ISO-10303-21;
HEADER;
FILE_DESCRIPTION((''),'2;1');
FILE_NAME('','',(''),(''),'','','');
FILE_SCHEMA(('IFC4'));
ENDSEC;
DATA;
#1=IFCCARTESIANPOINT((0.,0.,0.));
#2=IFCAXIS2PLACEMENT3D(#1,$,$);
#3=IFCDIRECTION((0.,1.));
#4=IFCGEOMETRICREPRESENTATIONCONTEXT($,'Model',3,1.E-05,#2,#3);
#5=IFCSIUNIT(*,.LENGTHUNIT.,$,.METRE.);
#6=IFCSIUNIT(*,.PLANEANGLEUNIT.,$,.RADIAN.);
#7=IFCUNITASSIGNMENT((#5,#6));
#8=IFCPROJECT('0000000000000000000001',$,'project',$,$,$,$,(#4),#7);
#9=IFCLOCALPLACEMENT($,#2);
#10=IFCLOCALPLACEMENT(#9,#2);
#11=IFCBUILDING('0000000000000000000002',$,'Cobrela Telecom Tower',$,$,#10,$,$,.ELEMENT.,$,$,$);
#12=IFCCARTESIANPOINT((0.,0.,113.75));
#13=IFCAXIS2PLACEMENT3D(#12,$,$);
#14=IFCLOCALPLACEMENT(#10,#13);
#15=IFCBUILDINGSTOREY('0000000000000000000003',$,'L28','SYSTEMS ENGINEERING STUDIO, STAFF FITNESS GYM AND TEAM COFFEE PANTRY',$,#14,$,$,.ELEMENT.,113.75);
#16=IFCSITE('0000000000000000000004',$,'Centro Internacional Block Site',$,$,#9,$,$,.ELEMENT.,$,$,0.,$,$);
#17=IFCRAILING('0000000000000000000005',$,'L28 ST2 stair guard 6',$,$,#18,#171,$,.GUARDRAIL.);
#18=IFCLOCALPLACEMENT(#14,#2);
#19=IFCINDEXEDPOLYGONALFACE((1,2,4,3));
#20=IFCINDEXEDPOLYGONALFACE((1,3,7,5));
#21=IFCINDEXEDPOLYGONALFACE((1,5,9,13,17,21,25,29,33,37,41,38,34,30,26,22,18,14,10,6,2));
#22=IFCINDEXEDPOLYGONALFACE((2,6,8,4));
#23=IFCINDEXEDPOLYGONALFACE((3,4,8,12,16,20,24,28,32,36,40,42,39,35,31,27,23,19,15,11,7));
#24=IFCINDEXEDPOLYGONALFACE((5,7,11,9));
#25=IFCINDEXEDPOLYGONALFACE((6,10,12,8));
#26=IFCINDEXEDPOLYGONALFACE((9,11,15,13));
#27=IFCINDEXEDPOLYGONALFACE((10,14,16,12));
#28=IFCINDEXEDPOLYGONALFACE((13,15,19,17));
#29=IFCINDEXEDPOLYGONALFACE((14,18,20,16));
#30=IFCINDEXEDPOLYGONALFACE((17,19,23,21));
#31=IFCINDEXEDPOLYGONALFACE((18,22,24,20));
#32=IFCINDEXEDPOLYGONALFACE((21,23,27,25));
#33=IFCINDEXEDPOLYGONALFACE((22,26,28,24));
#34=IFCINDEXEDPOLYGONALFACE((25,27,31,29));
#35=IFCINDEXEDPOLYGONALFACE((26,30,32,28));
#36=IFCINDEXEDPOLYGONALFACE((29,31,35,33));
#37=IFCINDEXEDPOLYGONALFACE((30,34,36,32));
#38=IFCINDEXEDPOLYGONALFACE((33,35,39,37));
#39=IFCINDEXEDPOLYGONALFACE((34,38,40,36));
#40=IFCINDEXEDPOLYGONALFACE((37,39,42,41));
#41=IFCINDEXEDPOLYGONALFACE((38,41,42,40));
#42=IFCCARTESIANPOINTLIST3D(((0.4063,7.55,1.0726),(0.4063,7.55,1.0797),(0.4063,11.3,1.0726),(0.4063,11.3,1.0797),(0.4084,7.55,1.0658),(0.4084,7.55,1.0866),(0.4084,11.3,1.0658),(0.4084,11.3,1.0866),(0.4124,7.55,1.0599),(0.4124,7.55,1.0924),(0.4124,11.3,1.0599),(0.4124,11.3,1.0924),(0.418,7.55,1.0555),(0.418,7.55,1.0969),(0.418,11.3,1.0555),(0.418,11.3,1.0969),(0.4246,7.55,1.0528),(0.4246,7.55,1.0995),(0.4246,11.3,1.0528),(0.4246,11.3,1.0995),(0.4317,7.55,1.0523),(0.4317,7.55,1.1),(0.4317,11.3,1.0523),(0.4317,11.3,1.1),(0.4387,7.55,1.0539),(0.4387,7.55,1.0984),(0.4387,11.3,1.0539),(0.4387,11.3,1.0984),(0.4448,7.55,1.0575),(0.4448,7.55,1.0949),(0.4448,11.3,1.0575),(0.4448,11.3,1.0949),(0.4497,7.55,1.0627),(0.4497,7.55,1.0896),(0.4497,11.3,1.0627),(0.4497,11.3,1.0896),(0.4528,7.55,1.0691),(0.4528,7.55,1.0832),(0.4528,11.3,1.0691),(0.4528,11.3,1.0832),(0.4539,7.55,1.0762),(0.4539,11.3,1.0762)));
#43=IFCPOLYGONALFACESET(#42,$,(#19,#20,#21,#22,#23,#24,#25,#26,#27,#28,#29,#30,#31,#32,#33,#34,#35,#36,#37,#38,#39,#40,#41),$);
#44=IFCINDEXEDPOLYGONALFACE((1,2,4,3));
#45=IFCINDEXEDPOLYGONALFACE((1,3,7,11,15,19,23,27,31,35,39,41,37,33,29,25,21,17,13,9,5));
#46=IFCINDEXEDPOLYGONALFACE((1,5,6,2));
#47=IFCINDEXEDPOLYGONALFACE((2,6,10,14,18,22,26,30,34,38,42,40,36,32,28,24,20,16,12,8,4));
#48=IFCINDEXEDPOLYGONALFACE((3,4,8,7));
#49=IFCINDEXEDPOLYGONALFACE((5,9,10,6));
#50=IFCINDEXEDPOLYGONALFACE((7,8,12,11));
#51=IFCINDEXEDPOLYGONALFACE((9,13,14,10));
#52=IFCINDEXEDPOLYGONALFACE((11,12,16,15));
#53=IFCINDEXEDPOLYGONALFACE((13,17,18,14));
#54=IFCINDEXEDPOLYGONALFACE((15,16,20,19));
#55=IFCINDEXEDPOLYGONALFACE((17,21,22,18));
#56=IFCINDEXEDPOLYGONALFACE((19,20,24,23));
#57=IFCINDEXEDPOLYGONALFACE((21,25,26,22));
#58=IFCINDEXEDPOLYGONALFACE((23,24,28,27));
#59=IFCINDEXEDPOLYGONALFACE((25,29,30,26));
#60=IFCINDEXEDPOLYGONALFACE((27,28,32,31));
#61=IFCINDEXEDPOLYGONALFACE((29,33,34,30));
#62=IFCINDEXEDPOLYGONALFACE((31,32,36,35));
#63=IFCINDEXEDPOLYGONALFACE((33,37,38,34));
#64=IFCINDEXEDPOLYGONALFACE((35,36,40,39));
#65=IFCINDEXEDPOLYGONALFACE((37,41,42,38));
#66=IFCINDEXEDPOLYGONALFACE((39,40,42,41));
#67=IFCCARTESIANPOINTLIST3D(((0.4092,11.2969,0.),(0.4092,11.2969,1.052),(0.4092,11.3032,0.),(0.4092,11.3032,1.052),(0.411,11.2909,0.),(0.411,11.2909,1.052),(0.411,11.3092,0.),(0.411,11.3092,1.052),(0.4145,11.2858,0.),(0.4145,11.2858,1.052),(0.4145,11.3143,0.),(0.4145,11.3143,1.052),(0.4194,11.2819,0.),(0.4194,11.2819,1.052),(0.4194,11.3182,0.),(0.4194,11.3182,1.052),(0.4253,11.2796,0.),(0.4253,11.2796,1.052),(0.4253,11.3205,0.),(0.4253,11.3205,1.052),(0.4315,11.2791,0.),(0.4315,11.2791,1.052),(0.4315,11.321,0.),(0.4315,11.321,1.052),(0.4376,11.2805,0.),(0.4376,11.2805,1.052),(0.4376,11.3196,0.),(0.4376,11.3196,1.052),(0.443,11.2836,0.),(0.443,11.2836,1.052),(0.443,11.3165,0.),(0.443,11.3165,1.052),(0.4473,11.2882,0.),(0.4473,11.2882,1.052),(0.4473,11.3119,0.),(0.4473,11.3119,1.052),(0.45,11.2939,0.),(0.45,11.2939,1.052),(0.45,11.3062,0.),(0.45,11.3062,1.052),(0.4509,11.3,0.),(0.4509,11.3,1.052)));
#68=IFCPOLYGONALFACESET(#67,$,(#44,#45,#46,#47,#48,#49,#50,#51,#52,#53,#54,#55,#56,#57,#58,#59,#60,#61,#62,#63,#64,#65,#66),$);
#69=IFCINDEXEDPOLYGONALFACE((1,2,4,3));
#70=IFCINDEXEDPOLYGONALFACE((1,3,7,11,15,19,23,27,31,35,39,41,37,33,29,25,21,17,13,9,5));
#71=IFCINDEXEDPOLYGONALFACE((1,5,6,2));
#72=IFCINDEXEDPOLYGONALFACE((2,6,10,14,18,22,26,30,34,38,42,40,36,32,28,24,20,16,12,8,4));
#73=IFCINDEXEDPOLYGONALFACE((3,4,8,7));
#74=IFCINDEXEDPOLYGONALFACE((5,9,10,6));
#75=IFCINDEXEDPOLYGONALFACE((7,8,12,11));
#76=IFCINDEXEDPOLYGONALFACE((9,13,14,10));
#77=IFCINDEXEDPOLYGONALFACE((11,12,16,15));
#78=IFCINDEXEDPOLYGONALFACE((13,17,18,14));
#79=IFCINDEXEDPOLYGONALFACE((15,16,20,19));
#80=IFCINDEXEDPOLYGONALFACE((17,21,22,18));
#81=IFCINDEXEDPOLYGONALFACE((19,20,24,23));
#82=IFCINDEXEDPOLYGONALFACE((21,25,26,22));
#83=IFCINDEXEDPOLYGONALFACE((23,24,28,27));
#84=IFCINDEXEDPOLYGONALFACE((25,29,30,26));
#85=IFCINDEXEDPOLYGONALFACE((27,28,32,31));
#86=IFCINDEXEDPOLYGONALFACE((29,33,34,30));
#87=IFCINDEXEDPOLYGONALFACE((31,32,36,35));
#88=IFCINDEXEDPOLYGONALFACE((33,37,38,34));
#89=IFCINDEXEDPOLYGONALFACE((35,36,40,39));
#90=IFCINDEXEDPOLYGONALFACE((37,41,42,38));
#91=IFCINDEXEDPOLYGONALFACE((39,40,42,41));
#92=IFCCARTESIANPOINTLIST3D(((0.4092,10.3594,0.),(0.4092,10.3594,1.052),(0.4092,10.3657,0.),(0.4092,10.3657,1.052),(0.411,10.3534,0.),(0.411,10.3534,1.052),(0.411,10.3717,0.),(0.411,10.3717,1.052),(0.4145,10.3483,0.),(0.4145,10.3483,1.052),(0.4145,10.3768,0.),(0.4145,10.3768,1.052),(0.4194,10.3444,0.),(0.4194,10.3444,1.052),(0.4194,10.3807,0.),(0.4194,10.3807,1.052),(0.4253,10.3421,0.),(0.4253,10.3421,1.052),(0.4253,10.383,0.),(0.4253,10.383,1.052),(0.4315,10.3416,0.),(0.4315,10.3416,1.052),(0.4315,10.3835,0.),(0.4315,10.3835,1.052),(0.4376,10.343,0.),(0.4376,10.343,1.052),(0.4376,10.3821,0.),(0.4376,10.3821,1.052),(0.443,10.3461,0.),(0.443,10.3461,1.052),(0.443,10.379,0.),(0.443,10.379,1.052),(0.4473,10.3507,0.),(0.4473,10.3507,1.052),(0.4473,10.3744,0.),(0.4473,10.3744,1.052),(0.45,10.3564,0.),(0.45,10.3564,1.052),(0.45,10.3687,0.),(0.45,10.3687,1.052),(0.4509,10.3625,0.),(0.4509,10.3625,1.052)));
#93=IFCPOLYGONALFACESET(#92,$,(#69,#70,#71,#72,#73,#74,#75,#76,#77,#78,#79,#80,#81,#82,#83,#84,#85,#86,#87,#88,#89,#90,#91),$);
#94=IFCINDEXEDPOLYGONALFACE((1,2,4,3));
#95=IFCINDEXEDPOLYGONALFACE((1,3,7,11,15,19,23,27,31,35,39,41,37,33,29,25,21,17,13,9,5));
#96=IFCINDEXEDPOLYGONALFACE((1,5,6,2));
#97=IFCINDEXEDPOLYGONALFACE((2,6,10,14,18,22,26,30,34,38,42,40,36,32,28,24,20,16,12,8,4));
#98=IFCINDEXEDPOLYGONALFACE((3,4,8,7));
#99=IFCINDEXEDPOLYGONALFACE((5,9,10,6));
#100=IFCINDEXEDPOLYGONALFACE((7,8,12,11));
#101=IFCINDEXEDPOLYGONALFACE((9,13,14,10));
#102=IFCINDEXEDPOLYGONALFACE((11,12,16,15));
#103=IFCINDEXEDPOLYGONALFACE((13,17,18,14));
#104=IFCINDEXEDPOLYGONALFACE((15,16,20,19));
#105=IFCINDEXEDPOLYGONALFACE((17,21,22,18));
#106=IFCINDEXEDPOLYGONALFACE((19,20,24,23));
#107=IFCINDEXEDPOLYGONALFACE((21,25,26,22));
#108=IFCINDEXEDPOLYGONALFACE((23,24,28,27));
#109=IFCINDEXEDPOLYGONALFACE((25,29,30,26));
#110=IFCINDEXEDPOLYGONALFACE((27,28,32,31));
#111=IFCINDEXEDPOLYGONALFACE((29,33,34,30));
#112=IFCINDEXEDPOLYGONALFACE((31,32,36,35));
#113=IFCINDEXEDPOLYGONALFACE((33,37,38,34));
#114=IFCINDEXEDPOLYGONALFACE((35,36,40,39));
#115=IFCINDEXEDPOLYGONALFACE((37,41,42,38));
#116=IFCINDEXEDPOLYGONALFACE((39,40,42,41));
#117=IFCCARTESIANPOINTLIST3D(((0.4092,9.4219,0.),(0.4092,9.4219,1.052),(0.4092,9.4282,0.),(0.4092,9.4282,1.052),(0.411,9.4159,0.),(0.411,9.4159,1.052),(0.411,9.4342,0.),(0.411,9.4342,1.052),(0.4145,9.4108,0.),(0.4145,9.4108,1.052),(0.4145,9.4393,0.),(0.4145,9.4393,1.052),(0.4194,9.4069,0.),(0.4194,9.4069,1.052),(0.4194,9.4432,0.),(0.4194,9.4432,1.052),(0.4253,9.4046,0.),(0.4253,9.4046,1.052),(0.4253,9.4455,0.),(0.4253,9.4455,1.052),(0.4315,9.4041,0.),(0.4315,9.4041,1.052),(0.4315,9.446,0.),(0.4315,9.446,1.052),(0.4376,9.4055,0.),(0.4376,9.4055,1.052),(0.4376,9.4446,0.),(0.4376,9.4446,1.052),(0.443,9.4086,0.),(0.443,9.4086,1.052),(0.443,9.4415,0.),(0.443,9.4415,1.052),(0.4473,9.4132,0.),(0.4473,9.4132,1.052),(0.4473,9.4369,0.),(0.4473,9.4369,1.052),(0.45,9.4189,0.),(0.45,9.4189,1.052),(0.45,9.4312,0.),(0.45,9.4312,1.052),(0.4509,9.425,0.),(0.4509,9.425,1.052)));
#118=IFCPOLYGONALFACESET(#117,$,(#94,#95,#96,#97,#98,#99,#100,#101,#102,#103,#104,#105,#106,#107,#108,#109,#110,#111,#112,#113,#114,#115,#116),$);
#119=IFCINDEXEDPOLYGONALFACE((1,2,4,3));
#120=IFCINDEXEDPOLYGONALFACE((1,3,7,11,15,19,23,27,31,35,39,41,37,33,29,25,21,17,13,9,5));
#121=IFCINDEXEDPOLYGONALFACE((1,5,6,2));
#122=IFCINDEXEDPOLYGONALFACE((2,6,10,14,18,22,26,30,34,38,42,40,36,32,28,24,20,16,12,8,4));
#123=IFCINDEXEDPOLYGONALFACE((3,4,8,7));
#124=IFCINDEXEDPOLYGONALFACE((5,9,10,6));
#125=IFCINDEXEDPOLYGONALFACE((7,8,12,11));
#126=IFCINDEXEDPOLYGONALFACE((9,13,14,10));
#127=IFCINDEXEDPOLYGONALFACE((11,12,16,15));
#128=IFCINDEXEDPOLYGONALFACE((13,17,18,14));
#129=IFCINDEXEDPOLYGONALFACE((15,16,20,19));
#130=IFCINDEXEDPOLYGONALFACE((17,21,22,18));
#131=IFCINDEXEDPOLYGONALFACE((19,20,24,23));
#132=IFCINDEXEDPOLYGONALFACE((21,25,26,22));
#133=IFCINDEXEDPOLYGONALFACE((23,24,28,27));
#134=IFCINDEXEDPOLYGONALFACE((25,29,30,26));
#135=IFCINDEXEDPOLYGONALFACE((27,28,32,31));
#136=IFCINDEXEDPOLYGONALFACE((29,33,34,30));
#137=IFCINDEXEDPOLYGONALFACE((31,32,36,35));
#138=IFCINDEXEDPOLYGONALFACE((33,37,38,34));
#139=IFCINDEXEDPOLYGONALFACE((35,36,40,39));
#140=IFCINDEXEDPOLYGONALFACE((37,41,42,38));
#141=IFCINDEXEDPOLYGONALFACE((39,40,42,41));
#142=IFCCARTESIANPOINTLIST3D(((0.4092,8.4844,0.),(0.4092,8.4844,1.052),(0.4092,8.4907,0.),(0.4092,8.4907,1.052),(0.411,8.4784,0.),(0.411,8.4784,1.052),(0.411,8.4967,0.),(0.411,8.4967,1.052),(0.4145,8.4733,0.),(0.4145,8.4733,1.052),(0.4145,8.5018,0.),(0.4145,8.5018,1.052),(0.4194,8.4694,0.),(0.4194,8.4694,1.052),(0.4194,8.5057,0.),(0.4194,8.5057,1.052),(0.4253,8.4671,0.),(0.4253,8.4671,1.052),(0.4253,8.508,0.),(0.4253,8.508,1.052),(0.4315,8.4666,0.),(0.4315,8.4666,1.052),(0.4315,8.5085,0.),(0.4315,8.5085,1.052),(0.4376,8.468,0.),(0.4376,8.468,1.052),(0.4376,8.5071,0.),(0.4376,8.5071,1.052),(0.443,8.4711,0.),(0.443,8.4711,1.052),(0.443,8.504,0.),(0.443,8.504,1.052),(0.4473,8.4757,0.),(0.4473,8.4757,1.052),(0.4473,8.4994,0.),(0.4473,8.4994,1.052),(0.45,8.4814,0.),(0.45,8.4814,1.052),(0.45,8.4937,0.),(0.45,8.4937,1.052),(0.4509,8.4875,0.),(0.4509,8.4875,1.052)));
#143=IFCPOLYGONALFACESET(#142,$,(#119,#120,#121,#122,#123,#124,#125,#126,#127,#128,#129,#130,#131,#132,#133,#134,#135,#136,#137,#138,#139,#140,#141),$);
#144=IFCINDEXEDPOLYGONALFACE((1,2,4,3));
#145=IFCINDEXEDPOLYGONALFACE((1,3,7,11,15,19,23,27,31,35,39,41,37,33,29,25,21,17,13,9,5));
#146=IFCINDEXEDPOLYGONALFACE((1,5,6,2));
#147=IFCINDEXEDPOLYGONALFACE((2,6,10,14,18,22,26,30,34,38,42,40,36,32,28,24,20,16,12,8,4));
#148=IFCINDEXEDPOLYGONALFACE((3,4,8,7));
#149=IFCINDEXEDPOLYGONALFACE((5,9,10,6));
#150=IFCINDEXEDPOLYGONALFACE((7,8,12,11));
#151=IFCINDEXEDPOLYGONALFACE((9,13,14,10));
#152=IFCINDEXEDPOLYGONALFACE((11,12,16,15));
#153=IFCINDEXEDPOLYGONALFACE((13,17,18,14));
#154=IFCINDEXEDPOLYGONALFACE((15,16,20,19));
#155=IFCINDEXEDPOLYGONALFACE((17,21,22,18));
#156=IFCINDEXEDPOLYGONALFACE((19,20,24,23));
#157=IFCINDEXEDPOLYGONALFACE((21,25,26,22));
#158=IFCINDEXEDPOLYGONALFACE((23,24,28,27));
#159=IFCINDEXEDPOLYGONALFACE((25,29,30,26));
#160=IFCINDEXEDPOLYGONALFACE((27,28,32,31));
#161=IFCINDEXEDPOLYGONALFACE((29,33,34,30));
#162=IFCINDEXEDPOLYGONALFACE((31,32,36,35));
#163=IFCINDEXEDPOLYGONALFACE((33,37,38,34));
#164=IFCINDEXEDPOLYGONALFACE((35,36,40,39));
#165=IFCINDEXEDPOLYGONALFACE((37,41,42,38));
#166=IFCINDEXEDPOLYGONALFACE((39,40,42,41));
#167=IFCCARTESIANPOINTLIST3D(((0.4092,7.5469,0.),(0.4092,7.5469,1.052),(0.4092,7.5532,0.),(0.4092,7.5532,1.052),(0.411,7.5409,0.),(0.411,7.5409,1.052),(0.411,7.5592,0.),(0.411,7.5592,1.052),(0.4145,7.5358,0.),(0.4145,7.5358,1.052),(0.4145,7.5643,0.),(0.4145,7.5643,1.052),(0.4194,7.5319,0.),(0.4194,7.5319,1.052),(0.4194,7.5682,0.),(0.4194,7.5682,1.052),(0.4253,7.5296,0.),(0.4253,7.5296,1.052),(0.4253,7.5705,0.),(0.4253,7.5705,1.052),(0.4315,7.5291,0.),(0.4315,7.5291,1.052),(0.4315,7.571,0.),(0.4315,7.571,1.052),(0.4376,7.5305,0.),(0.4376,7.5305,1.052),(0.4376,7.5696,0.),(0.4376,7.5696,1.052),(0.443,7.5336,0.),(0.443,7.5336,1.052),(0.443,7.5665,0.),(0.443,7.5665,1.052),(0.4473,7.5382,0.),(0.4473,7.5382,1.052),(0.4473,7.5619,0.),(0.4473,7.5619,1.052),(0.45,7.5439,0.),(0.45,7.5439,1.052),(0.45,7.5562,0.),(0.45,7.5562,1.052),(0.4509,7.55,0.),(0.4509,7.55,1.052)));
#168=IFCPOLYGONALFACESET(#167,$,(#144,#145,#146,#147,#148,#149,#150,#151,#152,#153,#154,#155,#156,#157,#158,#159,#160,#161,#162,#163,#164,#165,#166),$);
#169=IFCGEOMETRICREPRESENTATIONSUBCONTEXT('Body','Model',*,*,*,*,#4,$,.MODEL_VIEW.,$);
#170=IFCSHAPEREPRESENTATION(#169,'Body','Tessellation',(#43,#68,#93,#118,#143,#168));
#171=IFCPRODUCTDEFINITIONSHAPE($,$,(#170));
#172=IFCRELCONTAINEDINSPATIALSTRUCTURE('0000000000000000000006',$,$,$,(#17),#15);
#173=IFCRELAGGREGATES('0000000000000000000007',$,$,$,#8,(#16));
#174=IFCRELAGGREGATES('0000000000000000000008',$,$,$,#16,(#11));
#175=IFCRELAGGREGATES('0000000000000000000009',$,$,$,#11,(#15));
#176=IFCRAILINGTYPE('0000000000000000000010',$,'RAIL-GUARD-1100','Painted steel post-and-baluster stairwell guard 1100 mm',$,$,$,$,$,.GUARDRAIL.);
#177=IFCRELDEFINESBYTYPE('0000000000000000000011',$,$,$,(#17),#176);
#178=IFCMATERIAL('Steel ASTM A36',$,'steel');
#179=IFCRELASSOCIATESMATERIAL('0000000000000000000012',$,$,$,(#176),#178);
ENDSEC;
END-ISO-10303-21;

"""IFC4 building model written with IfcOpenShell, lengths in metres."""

from ifc_helpers import new_model, si_unit, direction, frame, origin, origin_2d, place, context, subcontext, project, spatial, circle, extrude, material, type_object, element, save


model = new_model("IFC4")

# Units and contexts
model_context = context("Model", 3, precision=1e-05, world=origin(), true_north=direction((0.0, 1.0)))
body_context = subcontext(model_context, "Body", "Model", "MODEL_VIEW")
ifc_project = project(units=[si_unit("LENGTHUNIT", "METRE"), si_unit("PLANEANGLEUNIT", "RADIAN")], contexts=[model_context])

# Site, building, storey
site_placement = place(None, origin())
site = spatial("IfcSite", under=ifc_project, at=site_placement, Name="Centro Internacional Block Site", CompositionType="ELEMENT", RefElevation=0.0)
building_placement = place(site_placement, origin())
building = spatial("IfcBuilding", under=site, at=building_placement, Name="Cobrela Telecom Tower", CompositionType="ELEMENT")
storey_placement = place(building_placement, frame((0.0, 0.0, 113.75)))
storey = spatial("IfcBuildingStorey", under=building, at=storey_placement, Name="L28", Description="SYSTEMS ENGINEERING STUDIO, STAFF FITNESS GYM AND TEAM COFFEE PANTRY", CompositionType="ELEMENT", Elevation=113.75)

# Shared definitions
ifc_material_1 = material(Name="Steel ASTM A36", Category="steel")

# Railing
railing_type_1 = type_object("IfcRailingType", Name="RAIL-GUARD-1100", Description="Painted steel post-and-baluster stairwell guard 1100 mm", PredefinedType="GUARDRAIL", material=ifc_material_1)
railing_1_placement = place(storey_placement, frame((0.4299, 11.3, 0.0)))
element("IfcRailing", 1, at=railing_1_placement, inside=storey, type_object=railing_type_1, Name="L28 ST2 stair guard 6", PredefinedType="GUARDRAIL", context=body_context, shape_type="SweptSolid", body=[
    extrude(circle(Radius=0.0239, at=origin_2d()), frame((0.0, 0.0, 1.0762), z_axis=(0.0, -1.0, 0.0), x_axis=(1.0, 0.0, 0.0)), (0.0, 0.0, 1.0), 3.75),
    extrude(circle(Radius=0.021, at=origin_2d()), origin(), (0.0, 0.0, 1.0), 1.052),
    extrude(circle(Radius=0.021, at=origin_2d()), frame((0.0, -0.9375, 0.0)), (0.0, 0.0, 1.0), 1.052),
    extrude(circle(Radius=0.021, at=origin_2d()), frame((0.0, -1.875, 0.0)), (0.0, 0.0, 1.0), 1.052),
    extrude(circle(Radius=0.021, at=origin_2d()), frame((0.0, -2.8125, 0.0)), (0.0, 0.0, 1.0), 1.052),
    extrude(circle(Radius=0.021, at=origin_2d()), frame((0.0, -3.75, 0.0)), (0.0, 0.0, 1.0), 1.052),
])

save(model, "model.ifc")
